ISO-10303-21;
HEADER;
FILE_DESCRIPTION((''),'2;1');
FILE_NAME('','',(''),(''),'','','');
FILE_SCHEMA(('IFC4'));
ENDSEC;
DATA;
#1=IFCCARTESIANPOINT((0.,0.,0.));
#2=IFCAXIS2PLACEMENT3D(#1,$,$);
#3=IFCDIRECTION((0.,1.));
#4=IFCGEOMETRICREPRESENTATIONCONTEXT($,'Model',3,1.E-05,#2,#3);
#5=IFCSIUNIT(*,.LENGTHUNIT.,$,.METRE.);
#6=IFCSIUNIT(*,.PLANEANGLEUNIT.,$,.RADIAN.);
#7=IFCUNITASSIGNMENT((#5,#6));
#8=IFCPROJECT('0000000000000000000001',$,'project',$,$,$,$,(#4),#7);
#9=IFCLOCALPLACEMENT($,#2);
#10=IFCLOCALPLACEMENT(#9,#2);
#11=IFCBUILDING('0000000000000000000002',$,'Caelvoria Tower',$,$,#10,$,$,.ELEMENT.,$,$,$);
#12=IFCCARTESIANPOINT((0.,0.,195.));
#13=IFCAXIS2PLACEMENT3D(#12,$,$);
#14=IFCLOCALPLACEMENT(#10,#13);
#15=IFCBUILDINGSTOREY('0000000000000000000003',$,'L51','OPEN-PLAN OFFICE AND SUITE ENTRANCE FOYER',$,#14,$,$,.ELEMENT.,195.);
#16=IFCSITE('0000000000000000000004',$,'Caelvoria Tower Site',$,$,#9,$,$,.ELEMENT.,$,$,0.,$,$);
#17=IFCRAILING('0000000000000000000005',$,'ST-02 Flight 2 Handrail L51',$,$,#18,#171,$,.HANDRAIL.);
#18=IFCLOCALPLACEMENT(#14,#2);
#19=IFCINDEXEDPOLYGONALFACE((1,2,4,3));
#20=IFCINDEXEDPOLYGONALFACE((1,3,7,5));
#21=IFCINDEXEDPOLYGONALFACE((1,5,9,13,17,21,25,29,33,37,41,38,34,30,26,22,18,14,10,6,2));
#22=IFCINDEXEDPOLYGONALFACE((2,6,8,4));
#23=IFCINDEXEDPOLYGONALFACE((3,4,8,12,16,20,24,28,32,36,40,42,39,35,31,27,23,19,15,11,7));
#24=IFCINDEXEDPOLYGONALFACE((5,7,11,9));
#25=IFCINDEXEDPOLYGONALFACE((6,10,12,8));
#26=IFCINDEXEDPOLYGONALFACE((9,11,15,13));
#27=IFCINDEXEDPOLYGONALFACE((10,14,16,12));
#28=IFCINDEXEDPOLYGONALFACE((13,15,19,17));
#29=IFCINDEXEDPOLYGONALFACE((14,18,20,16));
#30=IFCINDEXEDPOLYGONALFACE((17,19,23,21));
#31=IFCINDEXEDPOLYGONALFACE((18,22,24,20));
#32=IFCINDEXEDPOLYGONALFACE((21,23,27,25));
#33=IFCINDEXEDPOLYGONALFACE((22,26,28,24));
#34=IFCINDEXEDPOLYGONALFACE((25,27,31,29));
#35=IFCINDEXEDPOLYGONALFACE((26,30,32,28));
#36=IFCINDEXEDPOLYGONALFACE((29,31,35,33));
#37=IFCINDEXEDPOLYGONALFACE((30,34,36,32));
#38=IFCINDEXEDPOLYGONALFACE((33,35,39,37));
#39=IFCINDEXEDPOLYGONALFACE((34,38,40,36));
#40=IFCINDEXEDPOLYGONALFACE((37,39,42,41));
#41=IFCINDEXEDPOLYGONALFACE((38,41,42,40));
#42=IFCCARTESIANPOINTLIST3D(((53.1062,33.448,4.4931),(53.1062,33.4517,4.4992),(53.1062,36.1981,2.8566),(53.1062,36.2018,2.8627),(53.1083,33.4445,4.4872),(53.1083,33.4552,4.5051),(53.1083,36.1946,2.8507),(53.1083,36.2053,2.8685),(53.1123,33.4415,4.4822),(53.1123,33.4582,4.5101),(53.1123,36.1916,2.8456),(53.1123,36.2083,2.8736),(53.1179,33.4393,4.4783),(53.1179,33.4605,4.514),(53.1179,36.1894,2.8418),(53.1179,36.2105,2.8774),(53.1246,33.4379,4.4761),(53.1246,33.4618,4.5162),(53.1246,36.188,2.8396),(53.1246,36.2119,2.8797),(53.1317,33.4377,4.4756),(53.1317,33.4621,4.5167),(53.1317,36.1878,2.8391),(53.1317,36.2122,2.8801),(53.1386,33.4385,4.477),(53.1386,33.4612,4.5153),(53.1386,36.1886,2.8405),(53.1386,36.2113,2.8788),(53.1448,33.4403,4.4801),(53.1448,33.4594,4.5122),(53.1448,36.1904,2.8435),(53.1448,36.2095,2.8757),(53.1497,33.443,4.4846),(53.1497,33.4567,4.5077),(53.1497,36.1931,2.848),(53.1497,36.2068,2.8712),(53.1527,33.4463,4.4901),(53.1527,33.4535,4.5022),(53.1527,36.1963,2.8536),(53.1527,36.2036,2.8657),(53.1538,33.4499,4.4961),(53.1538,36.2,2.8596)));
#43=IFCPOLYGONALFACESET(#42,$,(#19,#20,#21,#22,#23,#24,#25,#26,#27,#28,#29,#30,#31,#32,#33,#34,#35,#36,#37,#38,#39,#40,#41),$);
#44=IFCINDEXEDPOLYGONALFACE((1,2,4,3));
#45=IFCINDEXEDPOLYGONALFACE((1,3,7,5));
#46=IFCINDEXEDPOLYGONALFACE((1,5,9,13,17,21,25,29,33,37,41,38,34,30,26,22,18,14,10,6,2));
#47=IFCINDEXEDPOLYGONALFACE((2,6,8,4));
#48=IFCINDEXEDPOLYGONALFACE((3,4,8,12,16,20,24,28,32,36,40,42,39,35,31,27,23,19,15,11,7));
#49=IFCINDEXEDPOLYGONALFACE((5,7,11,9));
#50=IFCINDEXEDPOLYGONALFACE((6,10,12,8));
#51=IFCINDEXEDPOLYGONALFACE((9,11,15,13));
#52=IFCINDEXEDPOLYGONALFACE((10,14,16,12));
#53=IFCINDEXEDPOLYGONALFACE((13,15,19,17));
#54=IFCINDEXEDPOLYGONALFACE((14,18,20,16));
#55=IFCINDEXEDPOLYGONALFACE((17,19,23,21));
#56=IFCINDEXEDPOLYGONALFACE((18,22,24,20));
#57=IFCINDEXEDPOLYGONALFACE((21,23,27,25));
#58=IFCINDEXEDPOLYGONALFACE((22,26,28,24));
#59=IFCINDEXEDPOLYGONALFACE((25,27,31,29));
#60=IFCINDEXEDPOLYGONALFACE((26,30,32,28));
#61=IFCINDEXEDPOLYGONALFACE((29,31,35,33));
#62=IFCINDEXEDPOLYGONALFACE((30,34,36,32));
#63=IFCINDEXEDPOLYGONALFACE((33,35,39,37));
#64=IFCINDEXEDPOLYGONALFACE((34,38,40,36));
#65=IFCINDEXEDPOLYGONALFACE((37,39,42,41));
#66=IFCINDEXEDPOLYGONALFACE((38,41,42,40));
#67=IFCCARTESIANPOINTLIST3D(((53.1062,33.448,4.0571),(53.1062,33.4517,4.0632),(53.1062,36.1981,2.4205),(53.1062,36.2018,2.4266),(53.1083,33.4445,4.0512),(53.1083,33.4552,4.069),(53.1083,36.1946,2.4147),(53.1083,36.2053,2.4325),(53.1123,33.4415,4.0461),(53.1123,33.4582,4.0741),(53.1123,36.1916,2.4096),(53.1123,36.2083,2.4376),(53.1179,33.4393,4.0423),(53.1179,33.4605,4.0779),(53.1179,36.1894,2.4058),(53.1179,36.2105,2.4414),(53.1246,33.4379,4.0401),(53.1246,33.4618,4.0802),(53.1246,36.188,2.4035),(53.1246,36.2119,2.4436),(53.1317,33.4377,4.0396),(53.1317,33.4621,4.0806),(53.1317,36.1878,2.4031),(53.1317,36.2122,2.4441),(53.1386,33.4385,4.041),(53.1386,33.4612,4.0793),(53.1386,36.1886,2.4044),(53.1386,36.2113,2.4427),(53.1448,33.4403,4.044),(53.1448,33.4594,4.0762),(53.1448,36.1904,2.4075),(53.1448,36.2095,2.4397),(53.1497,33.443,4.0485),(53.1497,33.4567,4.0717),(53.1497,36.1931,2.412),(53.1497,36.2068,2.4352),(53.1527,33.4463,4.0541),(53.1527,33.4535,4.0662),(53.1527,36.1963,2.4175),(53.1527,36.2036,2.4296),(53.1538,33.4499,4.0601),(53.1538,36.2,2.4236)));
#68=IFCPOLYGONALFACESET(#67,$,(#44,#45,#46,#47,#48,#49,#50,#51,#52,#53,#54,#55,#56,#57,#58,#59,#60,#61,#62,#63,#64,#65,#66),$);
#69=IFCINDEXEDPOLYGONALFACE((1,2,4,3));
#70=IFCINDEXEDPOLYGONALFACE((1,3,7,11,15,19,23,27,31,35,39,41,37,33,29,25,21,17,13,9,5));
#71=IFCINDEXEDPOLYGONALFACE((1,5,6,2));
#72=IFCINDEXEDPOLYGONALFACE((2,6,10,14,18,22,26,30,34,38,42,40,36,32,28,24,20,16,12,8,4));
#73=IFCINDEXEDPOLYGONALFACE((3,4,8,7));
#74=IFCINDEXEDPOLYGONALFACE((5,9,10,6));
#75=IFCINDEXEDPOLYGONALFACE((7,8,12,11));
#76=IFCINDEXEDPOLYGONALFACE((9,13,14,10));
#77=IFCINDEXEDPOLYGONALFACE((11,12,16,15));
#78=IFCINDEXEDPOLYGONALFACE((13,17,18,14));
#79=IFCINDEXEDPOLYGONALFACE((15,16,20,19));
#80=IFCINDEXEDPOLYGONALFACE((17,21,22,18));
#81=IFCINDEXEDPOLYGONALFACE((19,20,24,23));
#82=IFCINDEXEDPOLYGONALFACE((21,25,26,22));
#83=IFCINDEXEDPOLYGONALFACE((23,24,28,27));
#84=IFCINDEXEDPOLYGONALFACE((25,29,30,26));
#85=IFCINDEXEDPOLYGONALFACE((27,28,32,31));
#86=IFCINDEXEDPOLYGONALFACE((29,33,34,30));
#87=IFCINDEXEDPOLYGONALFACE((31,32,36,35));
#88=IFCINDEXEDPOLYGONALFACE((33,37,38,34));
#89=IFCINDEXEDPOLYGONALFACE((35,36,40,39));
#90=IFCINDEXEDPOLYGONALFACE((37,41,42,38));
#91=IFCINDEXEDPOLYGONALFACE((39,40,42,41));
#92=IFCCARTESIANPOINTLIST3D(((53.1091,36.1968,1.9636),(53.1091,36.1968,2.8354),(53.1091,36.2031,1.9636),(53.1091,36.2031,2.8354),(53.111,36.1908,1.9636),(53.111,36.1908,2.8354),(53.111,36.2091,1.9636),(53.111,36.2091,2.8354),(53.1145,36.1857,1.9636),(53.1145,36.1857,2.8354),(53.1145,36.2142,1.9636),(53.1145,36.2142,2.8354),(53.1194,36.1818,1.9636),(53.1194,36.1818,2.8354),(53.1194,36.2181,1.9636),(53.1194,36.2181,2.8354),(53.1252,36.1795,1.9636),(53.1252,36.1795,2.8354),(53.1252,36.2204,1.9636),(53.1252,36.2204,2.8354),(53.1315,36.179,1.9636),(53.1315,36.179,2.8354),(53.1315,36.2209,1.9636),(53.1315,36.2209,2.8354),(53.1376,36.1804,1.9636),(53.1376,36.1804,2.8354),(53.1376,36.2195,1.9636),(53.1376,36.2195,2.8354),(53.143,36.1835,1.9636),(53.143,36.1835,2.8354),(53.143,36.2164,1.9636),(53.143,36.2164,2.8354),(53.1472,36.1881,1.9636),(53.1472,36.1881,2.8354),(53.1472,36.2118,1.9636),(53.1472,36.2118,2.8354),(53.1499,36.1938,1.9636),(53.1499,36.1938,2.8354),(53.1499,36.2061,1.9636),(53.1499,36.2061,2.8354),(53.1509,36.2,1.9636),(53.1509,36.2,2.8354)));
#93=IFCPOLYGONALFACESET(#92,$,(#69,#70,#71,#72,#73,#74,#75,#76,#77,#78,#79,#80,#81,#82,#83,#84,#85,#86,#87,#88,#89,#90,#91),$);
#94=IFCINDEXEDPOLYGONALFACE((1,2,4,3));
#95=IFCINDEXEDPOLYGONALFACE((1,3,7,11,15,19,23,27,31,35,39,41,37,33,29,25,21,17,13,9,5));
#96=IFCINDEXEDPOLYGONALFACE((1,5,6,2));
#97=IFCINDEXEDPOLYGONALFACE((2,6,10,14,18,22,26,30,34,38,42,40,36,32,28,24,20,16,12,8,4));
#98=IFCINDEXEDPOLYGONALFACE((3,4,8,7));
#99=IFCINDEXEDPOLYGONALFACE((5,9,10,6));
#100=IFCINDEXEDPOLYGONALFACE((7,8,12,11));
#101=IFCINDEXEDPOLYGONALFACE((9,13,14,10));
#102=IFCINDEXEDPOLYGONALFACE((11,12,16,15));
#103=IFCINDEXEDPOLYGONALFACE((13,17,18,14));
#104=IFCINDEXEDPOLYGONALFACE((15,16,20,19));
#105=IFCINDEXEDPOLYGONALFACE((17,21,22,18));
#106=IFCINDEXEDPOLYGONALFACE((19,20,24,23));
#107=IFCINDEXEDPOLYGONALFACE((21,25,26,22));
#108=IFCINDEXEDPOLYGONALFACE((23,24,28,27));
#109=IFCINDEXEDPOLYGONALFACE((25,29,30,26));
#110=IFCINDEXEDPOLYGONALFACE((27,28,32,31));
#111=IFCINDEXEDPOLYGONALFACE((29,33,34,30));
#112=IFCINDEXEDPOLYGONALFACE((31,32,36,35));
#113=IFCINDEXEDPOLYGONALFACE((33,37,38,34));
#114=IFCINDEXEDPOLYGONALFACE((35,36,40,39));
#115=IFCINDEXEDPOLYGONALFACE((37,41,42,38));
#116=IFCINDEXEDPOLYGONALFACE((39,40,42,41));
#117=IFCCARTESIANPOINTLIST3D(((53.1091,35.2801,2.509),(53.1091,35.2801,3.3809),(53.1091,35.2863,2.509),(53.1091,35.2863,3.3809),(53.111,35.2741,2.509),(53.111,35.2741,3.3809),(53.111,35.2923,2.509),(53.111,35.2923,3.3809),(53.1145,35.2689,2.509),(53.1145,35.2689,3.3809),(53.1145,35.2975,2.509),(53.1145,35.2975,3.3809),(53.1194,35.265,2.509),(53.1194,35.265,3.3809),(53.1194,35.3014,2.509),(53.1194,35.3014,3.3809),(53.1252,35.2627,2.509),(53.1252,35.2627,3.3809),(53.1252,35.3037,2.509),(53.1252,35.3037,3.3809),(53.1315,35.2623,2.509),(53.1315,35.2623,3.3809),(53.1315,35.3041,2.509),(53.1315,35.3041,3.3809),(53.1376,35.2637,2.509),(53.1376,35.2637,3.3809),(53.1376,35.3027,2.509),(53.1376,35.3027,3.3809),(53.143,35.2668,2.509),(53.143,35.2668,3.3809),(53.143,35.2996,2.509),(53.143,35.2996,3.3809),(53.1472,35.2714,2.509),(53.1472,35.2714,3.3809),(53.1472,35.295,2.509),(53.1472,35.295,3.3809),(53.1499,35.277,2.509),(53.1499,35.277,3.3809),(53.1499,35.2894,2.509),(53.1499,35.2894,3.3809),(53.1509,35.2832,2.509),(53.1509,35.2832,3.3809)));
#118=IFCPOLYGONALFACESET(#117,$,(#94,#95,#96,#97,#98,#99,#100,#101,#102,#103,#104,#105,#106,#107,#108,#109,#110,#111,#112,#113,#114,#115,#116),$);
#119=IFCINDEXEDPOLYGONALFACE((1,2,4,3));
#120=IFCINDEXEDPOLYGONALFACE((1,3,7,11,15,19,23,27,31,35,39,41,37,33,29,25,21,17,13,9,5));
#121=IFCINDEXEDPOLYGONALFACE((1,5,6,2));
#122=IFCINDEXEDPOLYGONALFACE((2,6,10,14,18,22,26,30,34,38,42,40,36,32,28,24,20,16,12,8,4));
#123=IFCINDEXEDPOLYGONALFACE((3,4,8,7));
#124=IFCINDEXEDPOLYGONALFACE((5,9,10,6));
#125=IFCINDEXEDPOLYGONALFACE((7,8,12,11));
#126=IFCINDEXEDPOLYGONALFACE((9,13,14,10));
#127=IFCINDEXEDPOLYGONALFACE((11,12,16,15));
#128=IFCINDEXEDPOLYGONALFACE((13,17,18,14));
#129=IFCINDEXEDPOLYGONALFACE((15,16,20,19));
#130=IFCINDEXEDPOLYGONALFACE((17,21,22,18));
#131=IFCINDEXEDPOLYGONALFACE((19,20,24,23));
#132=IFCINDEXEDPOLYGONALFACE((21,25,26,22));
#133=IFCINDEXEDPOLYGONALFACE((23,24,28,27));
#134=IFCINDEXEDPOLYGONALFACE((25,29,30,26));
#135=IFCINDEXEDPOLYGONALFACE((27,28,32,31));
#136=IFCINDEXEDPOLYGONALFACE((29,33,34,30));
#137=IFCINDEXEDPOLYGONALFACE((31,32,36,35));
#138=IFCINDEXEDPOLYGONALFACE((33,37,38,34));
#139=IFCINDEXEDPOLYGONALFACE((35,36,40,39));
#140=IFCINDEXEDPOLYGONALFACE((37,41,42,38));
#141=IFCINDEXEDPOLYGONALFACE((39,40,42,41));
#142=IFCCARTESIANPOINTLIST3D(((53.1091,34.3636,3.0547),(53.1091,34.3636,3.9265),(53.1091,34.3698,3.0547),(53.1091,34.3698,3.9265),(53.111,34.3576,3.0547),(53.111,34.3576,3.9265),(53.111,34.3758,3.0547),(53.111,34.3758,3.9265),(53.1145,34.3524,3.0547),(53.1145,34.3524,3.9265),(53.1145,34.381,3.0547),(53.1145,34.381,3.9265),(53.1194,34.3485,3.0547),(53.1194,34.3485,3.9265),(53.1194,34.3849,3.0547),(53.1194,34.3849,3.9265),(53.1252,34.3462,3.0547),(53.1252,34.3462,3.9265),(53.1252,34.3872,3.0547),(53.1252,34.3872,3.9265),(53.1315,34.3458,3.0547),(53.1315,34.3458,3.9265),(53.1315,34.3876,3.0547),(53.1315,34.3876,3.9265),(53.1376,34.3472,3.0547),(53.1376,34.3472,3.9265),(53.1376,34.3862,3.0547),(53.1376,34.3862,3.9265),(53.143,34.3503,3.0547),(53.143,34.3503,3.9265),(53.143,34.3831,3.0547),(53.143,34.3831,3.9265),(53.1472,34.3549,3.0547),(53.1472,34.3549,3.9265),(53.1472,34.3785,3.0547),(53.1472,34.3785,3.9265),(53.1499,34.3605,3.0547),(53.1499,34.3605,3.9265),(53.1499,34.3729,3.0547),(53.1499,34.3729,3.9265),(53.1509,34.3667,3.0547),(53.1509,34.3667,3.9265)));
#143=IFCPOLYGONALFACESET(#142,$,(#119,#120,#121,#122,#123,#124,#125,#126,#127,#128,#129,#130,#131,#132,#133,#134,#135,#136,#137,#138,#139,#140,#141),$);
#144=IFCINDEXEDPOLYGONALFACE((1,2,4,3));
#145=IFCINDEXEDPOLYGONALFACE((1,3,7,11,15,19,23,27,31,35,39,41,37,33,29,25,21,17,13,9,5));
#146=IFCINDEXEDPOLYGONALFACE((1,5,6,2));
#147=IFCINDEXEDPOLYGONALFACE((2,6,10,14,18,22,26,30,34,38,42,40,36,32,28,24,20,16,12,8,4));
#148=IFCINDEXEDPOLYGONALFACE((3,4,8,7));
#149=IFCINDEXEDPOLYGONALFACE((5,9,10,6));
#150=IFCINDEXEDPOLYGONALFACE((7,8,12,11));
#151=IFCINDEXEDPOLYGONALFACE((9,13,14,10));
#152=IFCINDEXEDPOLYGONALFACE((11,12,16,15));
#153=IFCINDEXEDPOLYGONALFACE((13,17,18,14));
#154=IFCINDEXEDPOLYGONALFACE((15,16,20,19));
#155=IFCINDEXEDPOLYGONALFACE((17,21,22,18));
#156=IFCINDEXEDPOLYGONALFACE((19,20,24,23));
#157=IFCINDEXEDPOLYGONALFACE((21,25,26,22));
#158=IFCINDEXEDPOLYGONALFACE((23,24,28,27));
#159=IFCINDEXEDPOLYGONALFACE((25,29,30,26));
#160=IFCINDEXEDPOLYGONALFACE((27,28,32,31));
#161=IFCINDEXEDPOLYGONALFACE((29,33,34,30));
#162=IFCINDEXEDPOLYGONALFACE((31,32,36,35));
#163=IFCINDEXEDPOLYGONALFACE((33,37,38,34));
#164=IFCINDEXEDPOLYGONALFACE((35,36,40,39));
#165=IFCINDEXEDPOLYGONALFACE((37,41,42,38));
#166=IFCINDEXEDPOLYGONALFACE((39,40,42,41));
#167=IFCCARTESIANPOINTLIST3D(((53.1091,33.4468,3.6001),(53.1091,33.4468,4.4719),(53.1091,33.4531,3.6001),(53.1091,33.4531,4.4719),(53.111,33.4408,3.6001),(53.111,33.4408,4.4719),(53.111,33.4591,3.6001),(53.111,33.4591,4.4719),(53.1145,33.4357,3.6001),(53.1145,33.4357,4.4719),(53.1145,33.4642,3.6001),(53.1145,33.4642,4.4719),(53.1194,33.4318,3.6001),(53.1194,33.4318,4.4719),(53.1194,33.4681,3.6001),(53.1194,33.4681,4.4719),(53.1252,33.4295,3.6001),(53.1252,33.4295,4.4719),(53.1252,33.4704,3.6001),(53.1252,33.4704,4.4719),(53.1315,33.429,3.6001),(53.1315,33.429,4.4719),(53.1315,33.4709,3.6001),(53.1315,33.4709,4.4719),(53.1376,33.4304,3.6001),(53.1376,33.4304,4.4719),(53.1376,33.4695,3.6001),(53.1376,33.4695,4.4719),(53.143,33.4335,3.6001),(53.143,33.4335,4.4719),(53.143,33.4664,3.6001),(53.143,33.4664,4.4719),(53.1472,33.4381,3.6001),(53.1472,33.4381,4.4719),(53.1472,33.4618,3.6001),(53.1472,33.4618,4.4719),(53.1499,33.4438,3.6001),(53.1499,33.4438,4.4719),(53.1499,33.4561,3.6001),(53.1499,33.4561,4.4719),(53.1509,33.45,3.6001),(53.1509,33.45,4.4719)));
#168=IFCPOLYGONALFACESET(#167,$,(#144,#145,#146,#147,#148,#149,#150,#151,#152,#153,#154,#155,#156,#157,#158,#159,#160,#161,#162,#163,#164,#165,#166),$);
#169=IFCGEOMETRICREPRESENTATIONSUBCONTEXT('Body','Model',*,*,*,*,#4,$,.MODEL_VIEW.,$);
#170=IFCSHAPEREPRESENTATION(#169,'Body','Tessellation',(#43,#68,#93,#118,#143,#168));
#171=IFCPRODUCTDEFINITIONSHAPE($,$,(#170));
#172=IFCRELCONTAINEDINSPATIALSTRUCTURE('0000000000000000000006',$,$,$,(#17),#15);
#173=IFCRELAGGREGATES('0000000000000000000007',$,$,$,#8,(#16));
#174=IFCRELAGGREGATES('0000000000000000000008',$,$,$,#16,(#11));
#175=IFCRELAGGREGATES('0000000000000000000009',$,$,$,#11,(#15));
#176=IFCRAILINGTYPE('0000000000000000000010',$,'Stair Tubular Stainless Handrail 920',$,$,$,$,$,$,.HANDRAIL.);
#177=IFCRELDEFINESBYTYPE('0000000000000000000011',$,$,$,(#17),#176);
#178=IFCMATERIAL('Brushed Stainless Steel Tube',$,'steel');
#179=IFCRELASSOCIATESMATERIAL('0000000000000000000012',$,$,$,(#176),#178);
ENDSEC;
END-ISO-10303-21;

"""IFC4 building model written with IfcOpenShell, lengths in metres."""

from ifc_helpers import new_model, si_unit, direction, frame, origin, origin_2d, place, context, subcontext, project, spatial, circle, extrude, material, type_object, element, save


model = new_model("IFC4")

# Units and contexts
model_context = context("Model", 3, precision=1e-05, world=origin(), true_north=direction((0.0, 1.0)))
body_context = subcontext(model_context, "Body", "Model", "MODEL_VIEW")
ifc_project = project(units=[si_unit("LENGTHUNIT", "METRE"), si_unit("PLANEANGLEUNIT", "RADIAN")], contexts=[model_context])

# Site, building, storey
site_placement = place(None, origin())
site = spatial("IfcSite", under=ifc_project, at=site_placement, Name="Caelvoria Tower Site", CompositionType="ELEMENT", RefElevation=0.0)
building_placement = place(site_placement, origin())
building = spatial("IfcBuilding", under=site, at=building_placement, Name="Caelvoria Tower", CompositionType="ELEMENT")
storey_placement = place(building_placement, frame((0.0, 0.0, 195.0)))
storey = spatial("IfcBuildingStorey", under=building, at=storey_placement, Name="L51", Description="OPEN-PLAN OFFICE AND SUITE ENTRANCE FOYER", CompositionType="ELEMENT", Elevation=195.0)

# Railing
ifc_material_1 = material(Name="Brushed Stainless Steel Tube", Category="steel")
railing_type_1 = type_object("IfcRailingType", Name="Stair Tubular Stainless Handrail 920", PredefinedType="HANDRAIL", material=ifc_material_1)
railing_1_placement = place(storey_placement, frame((53.1299, 36.2, 1.9636)))
element("IfcRailing", 1, at=railing_1_placement, inside=storey, type_object=railing_type_1, Name="ST-02 Flight 2 Handrail L51", PredefinedType="HANDRAIL", context=body_context, shape_type="SweptSolid", body=[
    extrude(circle(Radius=0.0239, at=origin_2d()), frame((0.0, 0.0, 0.896), z_axis=(0.0, -0.859352, 0.511385), x_axis=(1.0, 0.0, 0.0)), (0.0, 0.0, 1.0), 3.2002),
    extrude(circle(Radius=0.0239, at=origin_2d()), frame((0.0, 0.0, 0.46), z_axis=(0.0, -0.859352, 0.511385), x_axis=(1.0, 0.0, 0.0)), (0.0, 0.0, 1.0), 3.2002),
    extrude(circle(Radius=0.021, at=origin_2d()), origin(), (0.0, 0.0, 1.0), 0.8718),
    extrude(circle(Radius=0.021, at=origin_2d()), frame((0.0, -0.9167, 0.5454)), (0.0, 0.0, 1.0), 0.8718),
    extrude(circle(Radius=0.021, at=origin_2d()), frame((0.0, -1.8333, 1.0911)), (0.0, 0.0, 1.0), 0.8718),
    extrude(circle(Radius=0.021, at=origin_2d()), frame((0.0, -2.75, 1.6365)), (0.0, 0.0, 1.0), 0.8718),
])

save(model, "model.ifc")
